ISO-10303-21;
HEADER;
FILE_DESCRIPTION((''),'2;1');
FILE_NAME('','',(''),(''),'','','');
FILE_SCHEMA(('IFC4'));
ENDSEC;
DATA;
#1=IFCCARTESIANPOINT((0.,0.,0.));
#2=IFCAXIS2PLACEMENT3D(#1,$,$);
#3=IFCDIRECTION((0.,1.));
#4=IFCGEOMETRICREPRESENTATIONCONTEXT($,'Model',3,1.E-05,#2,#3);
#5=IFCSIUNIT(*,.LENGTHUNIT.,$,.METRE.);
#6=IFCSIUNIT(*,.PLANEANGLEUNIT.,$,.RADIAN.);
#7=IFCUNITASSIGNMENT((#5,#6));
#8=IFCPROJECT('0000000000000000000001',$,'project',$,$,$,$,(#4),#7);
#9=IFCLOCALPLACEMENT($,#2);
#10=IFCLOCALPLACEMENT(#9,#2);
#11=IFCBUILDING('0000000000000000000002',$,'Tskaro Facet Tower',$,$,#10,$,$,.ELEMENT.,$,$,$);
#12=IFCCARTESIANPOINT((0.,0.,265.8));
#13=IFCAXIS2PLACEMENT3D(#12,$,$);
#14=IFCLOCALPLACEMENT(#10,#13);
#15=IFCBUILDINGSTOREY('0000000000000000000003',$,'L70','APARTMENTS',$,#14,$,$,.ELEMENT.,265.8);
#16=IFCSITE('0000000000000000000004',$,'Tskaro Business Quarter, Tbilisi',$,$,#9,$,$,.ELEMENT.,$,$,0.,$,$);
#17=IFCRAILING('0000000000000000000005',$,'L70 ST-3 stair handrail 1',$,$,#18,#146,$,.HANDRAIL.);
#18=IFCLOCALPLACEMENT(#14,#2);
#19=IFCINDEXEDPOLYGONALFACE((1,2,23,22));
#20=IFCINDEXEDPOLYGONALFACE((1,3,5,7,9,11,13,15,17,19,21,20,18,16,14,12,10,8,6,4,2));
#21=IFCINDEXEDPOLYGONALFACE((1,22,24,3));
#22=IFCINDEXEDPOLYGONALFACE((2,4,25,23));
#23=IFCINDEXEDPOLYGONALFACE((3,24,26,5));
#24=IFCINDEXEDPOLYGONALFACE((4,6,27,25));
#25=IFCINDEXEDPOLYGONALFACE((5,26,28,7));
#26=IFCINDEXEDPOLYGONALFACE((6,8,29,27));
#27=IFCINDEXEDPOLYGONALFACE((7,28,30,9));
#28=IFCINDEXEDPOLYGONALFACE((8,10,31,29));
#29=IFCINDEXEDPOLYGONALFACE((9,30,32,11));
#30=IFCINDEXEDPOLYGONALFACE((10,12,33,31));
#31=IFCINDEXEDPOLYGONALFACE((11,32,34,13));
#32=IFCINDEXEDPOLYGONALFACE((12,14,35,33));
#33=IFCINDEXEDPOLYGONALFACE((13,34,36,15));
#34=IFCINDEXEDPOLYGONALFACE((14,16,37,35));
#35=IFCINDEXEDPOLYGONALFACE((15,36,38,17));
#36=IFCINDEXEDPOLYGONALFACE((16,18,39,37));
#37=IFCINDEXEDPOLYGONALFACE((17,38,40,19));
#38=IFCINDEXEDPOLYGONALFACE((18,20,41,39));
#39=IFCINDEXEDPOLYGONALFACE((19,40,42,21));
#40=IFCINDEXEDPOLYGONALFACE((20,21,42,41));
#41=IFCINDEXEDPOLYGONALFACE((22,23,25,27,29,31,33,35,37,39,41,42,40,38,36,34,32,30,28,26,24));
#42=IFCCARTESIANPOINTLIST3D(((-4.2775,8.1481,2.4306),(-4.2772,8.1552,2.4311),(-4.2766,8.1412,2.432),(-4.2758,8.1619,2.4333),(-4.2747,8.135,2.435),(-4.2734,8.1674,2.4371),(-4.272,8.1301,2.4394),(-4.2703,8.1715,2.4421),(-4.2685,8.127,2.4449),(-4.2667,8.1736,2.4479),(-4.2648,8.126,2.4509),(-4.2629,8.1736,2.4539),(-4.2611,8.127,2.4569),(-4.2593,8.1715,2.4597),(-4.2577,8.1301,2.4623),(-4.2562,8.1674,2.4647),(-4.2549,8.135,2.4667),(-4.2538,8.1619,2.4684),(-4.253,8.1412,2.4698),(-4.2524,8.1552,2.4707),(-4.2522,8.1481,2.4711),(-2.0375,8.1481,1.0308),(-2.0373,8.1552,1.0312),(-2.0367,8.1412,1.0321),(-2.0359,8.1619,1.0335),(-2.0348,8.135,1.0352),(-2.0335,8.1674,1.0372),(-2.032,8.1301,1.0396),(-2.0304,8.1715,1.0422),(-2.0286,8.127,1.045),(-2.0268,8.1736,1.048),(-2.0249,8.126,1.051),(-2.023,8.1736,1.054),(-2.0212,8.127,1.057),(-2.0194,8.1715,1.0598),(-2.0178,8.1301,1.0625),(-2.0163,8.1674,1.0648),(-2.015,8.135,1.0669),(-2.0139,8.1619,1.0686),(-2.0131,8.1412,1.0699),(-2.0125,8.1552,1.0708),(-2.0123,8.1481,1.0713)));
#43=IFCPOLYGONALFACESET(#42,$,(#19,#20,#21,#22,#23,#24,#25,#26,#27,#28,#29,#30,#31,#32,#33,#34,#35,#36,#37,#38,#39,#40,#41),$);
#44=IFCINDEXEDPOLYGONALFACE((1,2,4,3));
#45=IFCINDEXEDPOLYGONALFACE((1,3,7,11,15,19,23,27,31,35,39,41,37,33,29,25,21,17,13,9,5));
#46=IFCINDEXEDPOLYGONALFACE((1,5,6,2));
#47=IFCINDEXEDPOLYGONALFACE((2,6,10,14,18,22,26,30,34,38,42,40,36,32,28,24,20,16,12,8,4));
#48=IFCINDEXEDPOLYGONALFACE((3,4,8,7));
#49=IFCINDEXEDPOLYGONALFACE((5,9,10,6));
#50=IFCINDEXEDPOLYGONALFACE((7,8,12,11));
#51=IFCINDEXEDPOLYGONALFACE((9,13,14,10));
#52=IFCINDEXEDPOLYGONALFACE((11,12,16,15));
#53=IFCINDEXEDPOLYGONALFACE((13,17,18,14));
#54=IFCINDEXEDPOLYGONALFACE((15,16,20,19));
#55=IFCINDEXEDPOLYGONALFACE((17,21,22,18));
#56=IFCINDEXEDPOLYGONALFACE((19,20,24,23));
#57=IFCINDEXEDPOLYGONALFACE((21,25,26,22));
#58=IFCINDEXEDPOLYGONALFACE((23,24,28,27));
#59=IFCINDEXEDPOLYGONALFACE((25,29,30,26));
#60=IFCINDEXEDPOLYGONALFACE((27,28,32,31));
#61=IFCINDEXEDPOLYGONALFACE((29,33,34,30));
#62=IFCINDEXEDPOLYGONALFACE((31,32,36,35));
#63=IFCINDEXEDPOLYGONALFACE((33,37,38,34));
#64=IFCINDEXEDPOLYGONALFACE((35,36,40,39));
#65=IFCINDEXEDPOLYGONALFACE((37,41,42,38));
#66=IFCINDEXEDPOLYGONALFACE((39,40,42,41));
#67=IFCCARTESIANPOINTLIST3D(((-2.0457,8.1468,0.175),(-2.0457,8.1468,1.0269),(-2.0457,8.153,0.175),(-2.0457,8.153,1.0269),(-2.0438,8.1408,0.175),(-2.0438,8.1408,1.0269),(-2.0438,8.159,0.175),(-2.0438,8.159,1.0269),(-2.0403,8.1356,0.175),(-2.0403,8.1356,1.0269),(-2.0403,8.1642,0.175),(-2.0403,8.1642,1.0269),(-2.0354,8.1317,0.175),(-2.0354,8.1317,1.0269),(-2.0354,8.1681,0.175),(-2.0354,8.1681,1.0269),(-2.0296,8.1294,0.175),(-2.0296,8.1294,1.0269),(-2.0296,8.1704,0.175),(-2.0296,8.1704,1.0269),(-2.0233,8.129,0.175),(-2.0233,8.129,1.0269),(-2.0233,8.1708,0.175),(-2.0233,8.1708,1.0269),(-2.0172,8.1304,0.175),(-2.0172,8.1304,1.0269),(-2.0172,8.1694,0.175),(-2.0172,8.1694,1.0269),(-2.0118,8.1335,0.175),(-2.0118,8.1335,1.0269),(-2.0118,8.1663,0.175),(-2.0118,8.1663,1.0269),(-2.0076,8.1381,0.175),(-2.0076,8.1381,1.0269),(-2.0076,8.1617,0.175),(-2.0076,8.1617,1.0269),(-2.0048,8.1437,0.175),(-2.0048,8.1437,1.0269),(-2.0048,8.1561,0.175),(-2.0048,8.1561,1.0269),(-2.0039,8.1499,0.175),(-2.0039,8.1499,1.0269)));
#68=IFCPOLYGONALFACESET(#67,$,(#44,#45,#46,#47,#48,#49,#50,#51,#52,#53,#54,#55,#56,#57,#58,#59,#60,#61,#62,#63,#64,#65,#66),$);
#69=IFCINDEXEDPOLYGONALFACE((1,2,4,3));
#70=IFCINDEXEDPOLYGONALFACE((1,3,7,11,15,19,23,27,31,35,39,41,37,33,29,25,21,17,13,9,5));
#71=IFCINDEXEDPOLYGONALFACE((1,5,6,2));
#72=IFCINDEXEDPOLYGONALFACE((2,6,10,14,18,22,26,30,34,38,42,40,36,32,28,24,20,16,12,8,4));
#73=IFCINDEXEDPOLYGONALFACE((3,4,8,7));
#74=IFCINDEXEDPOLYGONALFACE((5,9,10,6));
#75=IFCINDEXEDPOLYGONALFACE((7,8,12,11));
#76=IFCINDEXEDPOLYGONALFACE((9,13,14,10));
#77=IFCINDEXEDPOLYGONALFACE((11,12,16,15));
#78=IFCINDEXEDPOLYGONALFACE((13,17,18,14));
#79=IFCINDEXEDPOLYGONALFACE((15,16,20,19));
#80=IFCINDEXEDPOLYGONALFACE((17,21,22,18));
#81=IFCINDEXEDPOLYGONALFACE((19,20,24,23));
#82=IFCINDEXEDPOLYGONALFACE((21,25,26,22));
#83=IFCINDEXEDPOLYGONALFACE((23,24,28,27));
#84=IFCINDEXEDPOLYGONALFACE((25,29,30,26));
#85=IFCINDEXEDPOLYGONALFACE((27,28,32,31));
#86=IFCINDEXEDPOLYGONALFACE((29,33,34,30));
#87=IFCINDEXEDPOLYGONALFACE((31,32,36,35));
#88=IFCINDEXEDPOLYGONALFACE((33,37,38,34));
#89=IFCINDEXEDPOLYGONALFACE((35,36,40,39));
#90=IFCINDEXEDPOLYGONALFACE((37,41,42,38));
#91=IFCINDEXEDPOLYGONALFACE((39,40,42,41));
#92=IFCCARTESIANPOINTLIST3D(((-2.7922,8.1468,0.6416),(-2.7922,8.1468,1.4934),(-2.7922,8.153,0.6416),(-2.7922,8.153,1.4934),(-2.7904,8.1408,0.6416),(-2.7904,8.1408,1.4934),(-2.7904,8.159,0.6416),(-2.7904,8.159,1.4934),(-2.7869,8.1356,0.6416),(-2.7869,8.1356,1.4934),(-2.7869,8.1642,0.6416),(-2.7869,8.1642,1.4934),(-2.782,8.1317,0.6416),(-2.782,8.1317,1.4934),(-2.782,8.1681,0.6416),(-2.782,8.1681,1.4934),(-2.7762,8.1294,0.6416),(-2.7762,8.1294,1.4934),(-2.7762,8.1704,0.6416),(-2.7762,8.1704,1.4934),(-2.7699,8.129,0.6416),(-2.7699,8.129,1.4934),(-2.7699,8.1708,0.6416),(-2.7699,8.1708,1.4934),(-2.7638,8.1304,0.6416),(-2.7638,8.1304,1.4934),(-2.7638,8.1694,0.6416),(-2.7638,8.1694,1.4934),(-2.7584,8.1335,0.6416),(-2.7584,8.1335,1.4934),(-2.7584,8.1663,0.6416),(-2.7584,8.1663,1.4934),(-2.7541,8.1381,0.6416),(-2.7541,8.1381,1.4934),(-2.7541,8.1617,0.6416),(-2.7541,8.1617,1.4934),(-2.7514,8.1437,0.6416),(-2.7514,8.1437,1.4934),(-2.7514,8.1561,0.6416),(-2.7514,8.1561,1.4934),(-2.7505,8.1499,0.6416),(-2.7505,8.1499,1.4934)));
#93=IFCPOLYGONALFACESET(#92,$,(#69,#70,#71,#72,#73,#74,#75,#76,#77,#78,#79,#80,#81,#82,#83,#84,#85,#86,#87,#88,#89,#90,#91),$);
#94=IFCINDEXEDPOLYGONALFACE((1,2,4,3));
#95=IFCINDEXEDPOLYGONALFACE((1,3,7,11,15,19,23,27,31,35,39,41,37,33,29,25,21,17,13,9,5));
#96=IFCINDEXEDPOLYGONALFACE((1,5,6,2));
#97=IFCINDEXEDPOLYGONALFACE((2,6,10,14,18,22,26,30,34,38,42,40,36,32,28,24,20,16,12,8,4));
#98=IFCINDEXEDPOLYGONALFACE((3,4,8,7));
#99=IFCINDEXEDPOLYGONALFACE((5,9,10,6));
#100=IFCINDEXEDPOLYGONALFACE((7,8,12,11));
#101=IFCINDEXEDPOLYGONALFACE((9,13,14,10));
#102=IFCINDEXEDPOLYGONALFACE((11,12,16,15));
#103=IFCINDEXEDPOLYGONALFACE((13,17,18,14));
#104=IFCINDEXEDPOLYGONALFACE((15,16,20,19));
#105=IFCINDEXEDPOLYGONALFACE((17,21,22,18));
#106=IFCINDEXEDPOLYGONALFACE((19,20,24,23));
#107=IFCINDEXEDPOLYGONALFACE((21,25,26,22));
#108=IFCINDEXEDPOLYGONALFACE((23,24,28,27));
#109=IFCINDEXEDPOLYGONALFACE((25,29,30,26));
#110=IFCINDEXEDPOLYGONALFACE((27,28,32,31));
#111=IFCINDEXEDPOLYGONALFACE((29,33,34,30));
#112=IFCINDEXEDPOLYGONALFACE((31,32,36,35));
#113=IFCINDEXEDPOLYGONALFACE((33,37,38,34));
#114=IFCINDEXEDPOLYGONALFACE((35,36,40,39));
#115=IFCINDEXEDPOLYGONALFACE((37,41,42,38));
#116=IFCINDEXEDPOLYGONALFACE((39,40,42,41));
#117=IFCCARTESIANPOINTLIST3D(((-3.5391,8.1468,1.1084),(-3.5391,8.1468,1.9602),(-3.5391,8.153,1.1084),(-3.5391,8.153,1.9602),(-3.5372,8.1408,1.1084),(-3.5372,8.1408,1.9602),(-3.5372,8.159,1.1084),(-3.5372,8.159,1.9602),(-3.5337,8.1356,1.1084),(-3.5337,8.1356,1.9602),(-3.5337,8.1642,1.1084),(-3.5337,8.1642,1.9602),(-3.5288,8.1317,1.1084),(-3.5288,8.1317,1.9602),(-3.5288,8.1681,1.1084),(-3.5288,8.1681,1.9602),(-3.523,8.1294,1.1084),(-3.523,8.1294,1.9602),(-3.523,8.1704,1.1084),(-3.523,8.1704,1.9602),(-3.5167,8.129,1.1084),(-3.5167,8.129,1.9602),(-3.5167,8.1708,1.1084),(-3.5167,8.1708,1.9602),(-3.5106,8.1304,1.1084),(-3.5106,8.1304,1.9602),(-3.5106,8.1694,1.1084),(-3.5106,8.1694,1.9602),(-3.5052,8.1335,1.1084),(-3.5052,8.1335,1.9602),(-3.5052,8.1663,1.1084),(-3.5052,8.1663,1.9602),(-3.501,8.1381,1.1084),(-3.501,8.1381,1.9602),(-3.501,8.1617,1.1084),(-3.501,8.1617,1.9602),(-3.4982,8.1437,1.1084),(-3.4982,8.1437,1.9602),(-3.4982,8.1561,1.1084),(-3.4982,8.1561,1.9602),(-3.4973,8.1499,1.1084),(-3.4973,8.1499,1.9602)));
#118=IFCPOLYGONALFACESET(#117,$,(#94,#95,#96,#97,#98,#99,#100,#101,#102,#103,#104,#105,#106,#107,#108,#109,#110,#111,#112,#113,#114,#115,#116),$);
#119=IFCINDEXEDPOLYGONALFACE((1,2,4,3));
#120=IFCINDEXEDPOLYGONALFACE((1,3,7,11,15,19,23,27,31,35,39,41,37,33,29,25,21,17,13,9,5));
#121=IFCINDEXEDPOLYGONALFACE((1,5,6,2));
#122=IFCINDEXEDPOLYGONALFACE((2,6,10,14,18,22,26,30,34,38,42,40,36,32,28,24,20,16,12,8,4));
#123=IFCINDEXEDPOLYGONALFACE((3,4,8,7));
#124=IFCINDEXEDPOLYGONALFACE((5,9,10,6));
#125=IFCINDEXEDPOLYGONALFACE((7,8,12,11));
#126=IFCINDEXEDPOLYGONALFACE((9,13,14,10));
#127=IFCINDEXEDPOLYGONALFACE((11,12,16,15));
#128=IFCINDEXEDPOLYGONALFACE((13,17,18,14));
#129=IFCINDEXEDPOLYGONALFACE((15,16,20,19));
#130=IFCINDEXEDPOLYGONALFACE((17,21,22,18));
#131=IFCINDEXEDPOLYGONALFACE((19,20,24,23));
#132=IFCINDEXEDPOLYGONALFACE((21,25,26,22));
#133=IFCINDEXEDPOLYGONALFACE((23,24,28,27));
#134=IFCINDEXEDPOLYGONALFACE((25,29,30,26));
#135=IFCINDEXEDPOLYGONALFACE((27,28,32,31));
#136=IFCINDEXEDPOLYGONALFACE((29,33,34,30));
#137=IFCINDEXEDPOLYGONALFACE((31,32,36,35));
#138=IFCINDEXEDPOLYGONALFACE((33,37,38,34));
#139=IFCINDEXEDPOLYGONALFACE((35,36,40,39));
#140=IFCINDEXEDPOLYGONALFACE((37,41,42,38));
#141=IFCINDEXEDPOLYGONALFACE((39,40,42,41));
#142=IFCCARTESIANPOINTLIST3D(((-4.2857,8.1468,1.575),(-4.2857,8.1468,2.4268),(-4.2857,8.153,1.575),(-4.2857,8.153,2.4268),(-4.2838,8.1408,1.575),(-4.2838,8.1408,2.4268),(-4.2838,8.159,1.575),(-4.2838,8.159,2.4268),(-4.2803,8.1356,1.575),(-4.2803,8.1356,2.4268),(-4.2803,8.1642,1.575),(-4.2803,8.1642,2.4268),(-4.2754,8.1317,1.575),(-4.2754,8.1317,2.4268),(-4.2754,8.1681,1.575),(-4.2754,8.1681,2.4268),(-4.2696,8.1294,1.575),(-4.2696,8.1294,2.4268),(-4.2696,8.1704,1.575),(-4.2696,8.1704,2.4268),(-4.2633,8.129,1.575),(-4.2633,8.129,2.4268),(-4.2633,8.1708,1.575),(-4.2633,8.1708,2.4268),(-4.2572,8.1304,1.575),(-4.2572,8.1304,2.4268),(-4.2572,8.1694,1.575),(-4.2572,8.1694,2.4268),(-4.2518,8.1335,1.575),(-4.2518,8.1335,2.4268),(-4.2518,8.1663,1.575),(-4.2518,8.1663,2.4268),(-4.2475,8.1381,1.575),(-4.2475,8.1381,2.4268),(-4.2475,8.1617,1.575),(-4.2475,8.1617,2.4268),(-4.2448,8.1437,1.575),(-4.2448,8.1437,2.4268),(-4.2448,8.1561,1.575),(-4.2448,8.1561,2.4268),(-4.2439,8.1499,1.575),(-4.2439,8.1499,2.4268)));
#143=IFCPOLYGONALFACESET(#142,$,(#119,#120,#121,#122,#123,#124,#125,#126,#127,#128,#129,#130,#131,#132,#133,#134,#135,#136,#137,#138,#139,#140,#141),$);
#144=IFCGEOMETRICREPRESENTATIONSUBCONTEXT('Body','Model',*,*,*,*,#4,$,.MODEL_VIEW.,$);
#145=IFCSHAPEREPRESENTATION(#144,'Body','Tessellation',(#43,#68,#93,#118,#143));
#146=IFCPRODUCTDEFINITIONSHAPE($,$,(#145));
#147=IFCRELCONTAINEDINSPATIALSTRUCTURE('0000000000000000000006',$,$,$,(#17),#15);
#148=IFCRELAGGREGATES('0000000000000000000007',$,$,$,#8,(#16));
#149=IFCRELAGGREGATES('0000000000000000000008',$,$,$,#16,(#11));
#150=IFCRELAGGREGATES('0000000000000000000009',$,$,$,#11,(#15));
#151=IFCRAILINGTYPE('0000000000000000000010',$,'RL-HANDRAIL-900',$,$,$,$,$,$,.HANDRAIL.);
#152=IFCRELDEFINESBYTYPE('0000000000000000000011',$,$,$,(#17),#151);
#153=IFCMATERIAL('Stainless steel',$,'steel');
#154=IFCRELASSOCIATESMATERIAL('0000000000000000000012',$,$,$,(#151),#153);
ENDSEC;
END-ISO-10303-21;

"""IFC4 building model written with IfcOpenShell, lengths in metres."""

from ifc_helpers import new_model, si_unit, direction, frame, origin, origin_2d, place, context, subcontext, project, spatial, circle, extrude, material, type_object, element, save


model = new_model("IFC4")

# Units and contexts
model_context = context("Model", 3, precision=1e-05, world=origin(), true_north=direction((0.0, 1.0)))
body_context = subcontext(model_context, "Body", "Model", "MODEL_VIEW")
ifc_project = project(units=[si_unit("LENGTHUNIT", "METRE"), si_unit("PLANEANGLEUNIT", "RADIAN")], contexts=[model_context])

# Site, building, storey
site_placement = place(None, origin())
site = spatial("IfcSite", under=ifc_project, at=site_placement, Name="Tskaro Business Quarter, Tbilisi", CompositionType="ELEMENT", RefElevation=0.0)
building_placement = place(site_placement, origin())
building = spatial("IfcBuilding", under=site, at=building_placement, Name="Tskaro Facet Tower", CompositionType="ELEMENT")
storey_placement = place(building_placement, frame((0.0, 0.0, 265.8)))
storey = spatial("IfcBuildingStorey", under=building, at=storey_placement, Name="L70", Description="APARTMENTS", CompositionType="ELEMENT", Elevation=265.8)

# Railing
ifc_material_1 = material(Name="Stainless steel", Category="steel")
railing_type_1 = type_object("IfcRailingType", Name="RL-HANDRAIL-900", PredefinedType="HANDRAIL", material=ifc_material_1)
railing_1_placement = place(storey_placement, frame((-2.0249, 8.1499, 0.175)))
element("IfcRailing", 1, at=railing_1_placement, inside=storey, type_object=railing_type_1, Name="L70 ST-3 stair handrail 1", PredefinedType="HANDRAIL", context=body_context, shape_type="SweptSolid", body=[
    extrude(circle(Radius=0.0239, at=origin_2d()), frame((0.0, 0.0, 0.876), z_axis=(-0.848014, 0.0, 0.529974), x_axis=(0.0, -1.0, 0.0)), (0.0, 0.0, 1.0), 2.6414),
    extrude(circle(Radius=0.021, at=origin_2d()), origin(), (0.0, 0.0, 1.0), 0.8518),
    extrude(circle(Radius=0.021, at=origin_2d()), frame((-0.7466, 0.0, 0.4666)), (0.0, 0.0, 1.0), 0.8518),
    extrude(circle(Radius=0.021, at=origin_2d()), frame((-1.4934, 0.0, 0.9333)), (0.0, 0.0, 1.0), 0.8518),
    extrude(circle(Radius=0.021, at=origin_2d()), frame((-2.24, 0.0, 1.3999)), (0.0, 0.0, 1.0), 0.8518),
])

save(model, "model.ifc")
